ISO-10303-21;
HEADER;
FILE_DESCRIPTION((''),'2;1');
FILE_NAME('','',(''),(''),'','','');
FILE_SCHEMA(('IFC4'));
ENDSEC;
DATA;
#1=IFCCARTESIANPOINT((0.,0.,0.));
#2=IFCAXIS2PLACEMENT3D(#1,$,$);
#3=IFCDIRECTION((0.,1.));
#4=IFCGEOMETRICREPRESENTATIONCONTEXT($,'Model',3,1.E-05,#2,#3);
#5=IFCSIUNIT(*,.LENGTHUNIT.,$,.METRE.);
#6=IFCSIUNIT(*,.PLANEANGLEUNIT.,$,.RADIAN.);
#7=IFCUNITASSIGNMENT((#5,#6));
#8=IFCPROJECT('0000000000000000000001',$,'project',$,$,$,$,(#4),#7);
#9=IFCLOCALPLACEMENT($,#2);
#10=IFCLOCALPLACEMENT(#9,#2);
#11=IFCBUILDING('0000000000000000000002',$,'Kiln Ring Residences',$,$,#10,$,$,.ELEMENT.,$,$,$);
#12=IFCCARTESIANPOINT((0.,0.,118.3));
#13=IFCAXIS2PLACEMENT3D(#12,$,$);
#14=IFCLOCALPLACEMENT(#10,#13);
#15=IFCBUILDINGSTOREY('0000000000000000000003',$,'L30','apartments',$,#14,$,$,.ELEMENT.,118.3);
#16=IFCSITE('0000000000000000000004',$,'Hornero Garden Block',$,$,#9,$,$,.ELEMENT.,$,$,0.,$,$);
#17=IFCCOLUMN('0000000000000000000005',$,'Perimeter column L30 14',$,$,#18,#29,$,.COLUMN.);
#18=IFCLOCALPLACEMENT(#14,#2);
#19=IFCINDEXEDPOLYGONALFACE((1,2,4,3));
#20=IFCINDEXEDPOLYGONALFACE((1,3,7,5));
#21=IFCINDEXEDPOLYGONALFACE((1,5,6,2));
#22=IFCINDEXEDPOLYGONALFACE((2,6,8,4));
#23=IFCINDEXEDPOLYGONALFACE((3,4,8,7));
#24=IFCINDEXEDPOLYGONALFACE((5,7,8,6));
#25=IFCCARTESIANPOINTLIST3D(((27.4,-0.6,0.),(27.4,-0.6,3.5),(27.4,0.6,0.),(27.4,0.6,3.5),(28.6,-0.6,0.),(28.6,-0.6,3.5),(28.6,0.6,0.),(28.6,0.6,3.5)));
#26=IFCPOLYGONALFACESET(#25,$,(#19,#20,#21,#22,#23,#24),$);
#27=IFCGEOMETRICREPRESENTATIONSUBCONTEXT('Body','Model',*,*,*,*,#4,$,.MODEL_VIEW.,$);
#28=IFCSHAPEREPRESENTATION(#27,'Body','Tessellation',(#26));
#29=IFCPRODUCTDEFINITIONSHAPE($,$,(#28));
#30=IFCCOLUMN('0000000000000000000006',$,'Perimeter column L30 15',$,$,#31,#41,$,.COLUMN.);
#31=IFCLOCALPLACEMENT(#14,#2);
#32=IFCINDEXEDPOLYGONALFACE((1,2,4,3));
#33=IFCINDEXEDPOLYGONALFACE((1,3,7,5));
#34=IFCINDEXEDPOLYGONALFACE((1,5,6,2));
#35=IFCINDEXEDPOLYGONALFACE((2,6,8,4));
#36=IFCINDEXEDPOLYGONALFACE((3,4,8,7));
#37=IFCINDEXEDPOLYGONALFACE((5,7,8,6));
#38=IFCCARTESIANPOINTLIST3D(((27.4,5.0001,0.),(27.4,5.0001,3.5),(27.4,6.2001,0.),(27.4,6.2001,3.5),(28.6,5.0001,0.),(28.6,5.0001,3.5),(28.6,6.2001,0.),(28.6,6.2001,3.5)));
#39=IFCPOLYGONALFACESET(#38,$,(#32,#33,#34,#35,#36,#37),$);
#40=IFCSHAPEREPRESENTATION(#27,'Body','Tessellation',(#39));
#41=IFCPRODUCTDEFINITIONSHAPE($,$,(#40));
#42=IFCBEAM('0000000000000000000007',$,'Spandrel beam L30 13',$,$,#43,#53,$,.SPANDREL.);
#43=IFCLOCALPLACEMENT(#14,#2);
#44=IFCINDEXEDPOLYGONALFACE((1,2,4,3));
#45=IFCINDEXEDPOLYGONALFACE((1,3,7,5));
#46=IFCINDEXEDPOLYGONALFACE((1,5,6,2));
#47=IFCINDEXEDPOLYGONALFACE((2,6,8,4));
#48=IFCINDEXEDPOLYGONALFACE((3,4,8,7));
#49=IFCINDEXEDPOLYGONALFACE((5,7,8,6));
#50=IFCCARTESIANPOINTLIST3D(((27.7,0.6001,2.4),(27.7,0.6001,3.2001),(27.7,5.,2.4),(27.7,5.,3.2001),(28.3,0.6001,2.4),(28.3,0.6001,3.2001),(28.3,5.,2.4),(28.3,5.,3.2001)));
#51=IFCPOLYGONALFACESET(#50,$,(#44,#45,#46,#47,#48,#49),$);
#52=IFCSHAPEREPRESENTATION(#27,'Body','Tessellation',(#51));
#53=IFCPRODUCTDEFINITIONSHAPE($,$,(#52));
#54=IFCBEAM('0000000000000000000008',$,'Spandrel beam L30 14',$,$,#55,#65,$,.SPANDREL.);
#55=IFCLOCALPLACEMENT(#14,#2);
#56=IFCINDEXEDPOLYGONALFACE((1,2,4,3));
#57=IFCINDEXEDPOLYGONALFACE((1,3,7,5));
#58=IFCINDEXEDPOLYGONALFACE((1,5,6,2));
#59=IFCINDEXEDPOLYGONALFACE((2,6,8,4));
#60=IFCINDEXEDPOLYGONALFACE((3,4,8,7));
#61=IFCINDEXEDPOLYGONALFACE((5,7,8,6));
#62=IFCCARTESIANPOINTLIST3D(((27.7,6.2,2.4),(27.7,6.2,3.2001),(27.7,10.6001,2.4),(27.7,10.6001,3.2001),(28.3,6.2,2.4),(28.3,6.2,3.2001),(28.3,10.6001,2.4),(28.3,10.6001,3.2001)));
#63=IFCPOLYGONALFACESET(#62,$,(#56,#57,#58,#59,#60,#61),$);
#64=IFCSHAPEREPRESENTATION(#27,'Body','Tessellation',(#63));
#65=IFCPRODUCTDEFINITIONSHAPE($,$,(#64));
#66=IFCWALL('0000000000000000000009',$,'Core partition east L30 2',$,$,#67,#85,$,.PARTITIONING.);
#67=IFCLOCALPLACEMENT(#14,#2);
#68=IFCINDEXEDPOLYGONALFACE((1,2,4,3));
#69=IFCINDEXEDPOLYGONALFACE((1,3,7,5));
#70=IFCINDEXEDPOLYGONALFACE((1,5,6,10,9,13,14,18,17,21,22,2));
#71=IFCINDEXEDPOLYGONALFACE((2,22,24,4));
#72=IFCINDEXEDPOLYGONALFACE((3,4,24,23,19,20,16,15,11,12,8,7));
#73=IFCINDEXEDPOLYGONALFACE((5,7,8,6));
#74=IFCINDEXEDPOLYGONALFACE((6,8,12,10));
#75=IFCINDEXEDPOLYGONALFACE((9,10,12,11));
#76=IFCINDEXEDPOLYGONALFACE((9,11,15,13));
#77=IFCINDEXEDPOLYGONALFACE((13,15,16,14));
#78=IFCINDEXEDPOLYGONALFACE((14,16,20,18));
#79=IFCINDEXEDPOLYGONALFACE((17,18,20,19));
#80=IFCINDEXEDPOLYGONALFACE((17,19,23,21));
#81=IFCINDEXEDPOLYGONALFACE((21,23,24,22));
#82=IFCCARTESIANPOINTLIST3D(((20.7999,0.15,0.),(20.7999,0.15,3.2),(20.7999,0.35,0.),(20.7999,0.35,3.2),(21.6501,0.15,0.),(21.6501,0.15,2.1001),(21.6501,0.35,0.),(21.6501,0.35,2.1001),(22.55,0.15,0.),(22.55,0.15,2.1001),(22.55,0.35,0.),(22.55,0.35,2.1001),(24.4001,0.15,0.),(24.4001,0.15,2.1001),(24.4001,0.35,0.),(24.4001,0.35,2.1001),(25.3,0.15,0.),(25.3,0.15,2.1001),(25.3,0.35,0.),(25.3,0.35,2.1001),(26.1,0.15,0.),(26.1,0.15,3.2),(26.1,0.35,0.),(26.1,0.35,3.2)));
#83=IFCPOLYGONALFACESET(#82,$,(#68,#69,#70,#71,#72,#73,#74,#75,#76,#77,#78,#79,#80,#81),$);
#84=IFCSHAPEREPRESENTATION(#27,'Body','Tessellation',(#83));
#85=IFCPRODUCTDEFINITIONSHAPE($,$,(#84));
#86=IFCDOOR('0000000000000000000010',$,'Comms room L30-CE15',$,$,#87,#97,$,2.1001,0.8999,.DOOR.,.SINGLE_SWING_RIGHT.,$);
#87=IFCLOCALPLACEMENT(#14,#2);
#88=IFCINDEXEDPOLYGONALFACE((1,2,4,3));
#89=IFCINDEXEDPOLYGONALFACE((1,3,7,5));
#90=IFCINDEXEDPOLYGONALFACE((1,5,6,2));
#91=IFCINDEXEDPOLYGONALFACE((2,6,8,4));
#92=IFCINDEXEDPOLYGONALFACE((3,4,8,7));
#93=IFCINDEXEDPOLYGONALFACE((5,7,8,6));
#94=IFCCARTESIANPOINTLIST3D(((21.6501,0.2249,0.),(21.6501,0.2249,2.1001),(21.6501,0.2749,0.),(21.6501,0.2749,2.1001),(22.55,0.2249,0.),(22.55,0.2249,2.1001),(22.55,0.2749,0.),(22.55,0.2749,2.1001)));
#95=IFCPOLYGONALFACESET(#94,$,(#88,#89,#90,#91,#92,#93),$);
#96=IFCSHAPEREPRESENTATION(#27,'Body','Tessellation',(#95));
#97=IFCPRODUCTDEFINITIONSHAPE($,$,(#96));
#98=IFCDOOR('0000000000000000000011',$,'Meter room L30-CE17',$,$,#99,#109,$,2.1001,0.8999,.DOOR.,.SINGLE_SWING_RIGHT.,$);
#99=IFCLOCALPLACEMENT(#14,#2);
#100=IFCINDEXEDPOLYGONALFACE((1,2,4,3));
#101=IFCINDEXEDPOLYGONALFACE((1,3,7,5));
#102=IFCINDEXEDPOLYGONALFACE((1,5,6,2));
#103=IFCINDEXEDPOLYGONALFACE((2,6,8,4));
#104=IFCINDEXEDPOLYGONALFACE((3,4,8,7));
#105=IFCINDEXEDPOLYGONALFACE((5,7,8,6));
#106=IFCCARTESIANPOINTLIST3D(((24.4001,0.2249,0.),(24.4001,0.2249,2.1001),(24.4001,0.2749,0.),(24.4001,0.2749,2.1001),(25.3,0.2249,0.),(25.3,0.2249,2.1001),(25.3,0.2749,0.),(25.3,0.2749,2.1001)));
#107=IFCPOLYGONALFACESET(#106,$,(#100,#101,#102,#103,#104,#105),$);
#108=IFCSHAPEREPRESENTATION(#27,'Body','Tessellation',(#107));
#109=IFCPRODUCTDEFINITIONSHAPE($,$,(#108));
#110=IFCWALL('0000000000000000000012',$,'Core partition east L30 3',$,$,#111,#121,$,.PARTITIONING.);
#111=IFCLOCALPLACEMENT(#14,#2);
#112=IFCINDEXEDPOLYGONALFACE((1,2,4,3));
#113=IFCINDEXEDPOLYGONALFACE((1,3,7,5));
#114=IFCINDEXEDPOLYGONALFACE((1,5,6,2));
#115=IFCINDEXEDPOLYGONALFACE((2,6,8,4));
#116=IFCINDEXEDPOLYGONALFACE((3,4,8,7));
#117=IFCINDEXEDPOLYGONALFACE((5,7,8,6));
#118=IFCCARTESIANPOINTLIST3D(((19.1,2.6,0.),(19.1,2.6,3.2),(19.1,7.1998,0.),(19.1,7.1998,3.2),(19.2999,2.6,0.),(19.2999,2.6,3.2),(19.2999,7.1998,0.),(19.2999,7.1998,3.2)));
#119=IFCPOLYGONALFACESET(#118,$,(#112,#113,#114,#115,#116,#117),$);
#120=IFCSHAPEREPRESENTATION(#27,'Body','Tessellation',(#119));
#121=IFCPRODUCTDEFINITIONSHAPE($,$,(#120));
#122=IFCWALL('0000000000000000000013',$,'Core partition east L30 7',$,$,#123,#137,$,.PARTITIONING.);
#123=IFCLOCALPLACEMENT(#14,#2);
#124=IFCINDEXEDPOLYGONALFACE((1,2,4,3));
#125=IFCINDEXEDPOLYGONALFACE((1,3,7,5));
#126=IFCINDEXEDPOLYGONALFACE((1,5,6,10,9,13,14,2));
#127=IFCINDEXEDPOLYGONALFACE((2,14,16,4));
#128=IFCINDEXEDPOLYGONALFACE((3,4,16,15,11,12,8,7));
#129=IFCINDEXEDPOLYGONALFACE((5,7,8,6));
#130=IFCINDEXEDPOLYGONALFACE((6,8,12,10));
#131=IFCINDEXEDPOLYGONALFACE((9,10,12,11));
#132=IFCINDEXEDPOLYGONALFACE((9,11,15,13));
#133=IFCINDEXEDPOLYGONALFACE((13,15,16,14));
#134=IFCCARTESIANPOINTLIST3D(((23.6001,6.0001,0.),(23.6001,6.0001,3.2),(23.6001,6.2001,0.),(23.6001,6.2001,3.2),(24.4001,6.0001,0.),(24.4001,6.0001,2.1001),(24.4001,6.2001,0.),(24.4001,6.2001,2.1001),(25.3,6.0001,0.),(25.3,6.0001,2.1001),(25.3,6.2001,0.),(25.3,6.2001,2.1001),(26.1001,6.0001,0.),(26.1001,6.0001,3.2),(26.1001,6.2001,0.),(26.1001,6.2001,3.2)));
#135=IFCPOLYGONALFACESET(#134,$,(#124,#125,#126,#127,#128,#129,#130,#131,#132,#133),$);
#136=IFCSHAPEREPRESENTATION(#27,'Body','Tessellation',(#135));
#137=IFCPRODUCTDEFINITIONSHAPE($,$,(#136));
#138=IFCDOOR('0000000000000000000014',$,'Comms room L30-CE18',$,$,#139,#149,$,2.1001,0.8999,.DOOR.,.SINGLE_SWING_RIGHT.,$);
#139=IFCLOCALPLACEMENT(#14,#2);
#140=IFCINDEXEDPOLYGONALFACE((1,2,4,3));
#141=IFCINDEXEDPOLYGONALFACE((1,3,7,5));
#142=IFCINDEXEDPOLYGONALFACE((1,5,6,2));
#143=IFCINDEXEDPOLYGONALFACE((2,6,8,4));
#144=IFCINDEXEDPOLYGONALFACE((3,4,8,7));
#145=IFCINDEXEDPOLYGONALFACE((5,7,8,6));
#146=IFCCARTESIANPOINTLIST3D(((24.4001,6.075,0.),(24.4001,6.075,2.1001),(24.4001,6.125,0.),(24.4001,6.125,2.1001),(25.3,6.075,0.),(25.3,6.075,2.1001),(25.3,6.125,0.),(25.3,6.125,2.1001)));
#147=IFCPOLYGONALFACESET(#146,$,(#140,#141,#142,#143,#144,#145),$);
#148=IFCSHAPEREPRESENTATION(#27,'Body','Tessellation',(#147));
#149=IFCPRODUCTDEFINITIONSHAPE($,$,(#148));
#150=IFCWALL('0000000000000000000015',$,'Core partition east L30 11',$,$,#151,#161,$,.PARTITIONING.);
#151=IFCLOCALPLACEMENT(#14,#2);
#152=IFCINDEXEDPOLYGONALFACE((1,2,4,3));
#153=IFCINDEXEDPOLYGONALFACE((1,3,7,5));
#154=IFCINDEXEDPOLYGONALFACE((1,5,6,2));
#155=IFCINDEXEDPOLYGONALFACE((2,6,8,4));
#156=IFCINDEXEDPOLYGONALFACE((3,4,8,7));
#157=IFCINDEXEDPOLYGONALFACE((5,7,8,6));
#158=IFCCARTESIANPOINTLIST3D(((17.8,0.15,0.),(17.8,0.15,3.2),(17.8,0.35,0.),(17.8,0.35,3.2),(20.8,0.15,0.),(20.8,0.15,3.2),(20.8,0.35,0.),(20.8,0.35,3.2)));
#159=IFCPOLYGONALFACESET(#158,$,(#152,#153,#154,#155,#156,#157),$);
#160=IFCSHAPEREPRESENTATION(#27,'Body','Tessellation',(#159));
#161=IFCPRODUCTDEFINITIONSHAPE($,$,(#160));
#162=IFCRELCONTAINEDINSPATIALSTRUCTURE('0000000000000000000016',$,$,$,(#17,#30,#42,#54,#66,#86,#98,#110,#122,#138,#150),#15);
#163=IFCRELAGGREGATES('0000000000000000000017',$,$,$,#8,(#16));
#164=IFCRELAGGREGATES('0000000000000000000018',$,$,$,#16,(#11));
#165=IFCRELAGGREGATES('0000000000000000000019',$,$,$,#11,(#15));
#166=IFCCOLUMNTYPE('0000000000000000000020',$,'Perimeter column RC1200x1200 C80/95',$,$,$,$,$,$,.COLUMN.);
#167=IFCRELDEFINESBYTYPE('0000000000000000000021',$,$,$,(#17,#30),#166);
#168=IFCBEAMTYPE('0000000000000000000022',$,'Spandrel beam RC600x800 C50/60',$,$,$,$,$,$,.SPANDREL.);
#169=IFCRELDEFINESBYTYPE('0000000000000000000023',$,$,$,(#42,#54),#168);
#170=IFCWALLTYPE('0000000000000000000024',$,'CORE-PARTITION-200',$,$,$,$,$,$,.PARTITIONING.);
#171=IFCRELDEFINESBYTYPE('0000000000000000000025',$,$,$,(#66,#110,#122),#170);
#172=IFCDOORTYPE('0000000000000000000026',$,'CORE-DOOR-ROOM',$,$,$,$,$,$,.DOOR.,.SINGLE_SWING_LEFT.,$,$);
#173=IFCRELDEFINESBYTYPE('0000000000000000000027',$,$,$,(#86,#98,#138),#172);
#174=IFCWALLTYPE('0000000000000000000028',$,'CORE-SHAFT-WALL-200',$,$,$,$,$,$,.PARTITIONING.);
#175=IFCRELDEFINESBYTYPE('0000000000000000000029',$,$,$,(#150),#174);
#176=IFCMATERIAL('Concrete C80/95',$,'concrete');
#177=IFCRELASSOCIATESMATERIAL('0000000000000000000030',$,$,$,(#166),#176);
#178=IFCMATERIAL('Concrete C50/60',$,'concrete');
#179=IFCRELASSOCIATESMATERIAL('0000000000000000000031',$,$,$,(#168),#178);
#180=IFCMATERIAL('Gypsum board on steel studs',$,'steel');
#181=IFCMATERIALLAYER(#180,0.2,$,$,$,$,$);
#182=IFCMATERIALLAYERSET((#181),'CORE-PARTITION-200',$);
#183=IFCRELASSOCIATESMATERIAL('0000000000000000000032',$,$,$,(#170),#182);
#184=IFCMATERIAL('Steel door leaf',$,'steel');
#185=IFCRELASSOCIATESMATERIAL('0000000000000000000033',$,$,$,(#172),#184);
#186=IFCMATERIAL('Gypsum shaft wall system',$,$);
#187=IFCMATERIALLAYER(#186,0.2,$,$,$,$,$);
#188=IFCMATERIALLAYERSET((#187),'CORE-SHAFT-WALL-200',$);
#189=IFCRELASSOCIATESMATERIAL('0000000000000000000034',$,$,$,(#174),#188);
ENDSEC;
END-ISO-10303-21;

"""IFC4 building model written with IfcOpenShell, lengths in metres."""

from ifc_helpers import new_model, si_unit, direction, frame, frame_2d, origin, origin_2d, place, context, subcontext, project, spatial, rectangle, extrude, material, layer, layer_set, material_profile, profile_set, type_object, element, fill, save


model = new_model("IFC4")

# Units and contexts
model_context = context("Model", 3, precision=1e-05, world=origin(), true_north=direction((0.0, 1.0)))
body_context = subcontext(model_context, "Body", "Model", "MODEL_VIEW")
ifc_project = project(units=[si_unit("LENGTHUNIT", "METRE"), si_unit("PLANEANGLEUNIT", "RADIAN")], contexts=[model_context])

# Site, building, storey
site_placement = place(None, origin())
site = spatial("IfcSite", under=ifc_project, at=site_placement, Name="Hornero Garden Block", CompositionType="ELEMENT", RefElevation=0.0)
building_placement = place(site_placement, origin())
building = spatial("IfcBuilding", under=site, at=building_placement, Name="Kiln Ring Residences", CompositionType="ELEMENT")
storey_placement = place(building_placement, frame((0.0, 0.0, 118.3)))
storey = spatial("IfcBuildingStorey", under=building, at=storey_placement, Name="L30", Description="apartments", CompositionType="ELEMENT", Elevation=118.3)

# Columns
ifc_material_1 = material(Name="Concrete C80/95", Category="concrete")
ifc_material_profile_1 = material_profile(ifc_material_1, rectangle(XDim=1.2, YDim=1.2, at=origin_2d()), Name="RC1200x1200")
ifc_profile_set_1 = profile_set([ifc_material_profile_1], Name="Concrete C80/95")
column_type = type_object("IfcColumnType", Name="Perimeter column RC1200x1200 C80/95", PredefinedType="COLUMN", material=ifc_profile_set_1)
for number, where, z_axis, x_axis, name in (
    (1, (28.0, 0.0, 0.0), (0.0, 0.0, 1.0), (1.0, 0.0, 0.0), "Perimeter column L30 14"),
    (2, (28.0, 5.6001, 0.0), (0.0, 0.0, 1.0), (1.0, 0.0, 0.0), "Perimeter column L30 15"),
):
    element("IfcColumn", number, at=place(storey_placement, frame(where, z_axis=z_axis, x_axis=x_axis)), inside=storey, type_object=column_type, Name=name, PredefinedType="COLUMN", context=body_context, shape_type="SweptSolid", body=[
        extrude(rectangle(XDim=1.2, YDim=1.2, at=origin_2d()), origin(), (0.0, 0.0, 1.0), 3.5),
    ])

# Beams
ifc_material_2 = material(Name="Concrete C50/60", Category="concrete")
ifc_material_profile_2 = material_profile(ifc_material_2, rectangle(XDim=0.6001, YDim=0.8, at=origin_2d()), Name="RC600x800")
ifc_profile_set_2 = profile_set([ifc_material_profile_2], Name="Concrete C50/60")
beam_type = type_object("IfcBeamType", Name="Spandrel beam RC600x800 C50/60", PredefinedType="SPANDREL", material=ifc_profile_set_2)
beam_1_placement = place(storey_placement, frame((28.0, 0.6001, 2.8), z_axis=(0.0, 1.0, 0.0), x_axis=(-1.0, 0.0, 0.0)))
element("IfcBeam", 3, at=beam_1_placement, inside=storey, type_object=beam_type, Name="Spandrel beam L30 13", PredefinedType="SPANDREL", context=body_context, shape_type="SweptSolid", body=[
    extrude(rectangle(XDim=0.6001, YDim=0.8, at=origin_2d()), origin(), (0.0, 0.0, 1.0), 4.3999),
])
beam_2_placement = place(storey_placement, frame((28.0, 6.2, 2.8), z_axis=(0.0, 1.0, 0.0), x_axis=(-1.0, 0.0, 0.0)))
element("IfcBeam", 4, at=beam_2_placement, inside=storey, type_object=beam_type, Name="Spandrel beam L30 14", PredefinedType="SPANDREL", context=body_context, shape_type="SweptSolid", body=[
    extrude(rectangle(XDim=0.6001, YDim=0.8, at=origin_2d()), origin(), (0.0, 0.0, 1.0), 4.4001),
])

# Wall, openings, doors
ifc_material_3 = material(Name="Gypsum board on steel studs", Category="steel")
ifc_layer_1 = layer(ifc_material_3, 0.2)
ifc_layer_set_1 = layer_set([ifc_layer_1], Name="CORE-PARTITION-200")
wall_type_1 = type_object("IfcWallType", Name="CORE-PARTITION-200", PredefinedType="PARTITIONING", material=ifc_layer_set_1)
wall_1_placement = place(storey_placement, frame((20.8, 0.25, 0.0), z_axis=(0.0, 0.0, 1.0), x_axis=(1.0, 0.0, 0.0)))
wall_1 = element("IfcWall", 5, at=wall_1_placement, inside=storey, type_object=wall_type_1, Name="Core partition east L30 2", PredefinedType="PARTITIONING", context=body_context, shape_type="SweptSolid", body=[
    extrude(rectangle(XDim=5.3, YDim=0.2, at=frame_2d((2.6499, 0.0))), origin(), (0.0, 0.0, 1.0), 3.2),
])
opening_1_placement = place(wall_1_placement, frame((0.8501, 0.0, 0.0)))
opening_1 = element("IfcOpeningElement", 6, at=opening_1_placement, cuts=wall_1, PredefinedType="OPENING", context=body_context, shape_type="SweptSolid", body=[
    extrude(rectangle(XDim=0.8999, YDim=2.1001, at=frame_2d((0.45, 1.05))), frame((0.0, 0.1099, 0.0), z_axis=(0.0, -1.0, 0.0), x_axis=(1.0, 0.0, 0.0)), (0.0, 0.0, 1.0), 0.22),
])
opening_2_placement = place(wall_1_placement, frame((3.6001, 0.0, 0.0)))
opening_2 = element("IfcOpeningElement", 7, at=opening_2_placement, cuts=wall_1, PredefinedType="OPENING", context=body_context, shape_type="SweptSolid", body=[
    extrude(rectangle(XDim=0.8999, YDim=2.1001, at=frame_2d((0.45, 1.05))), frame((0.0, 0.1099, 0.0), z_axis=(0.0, -1.0, 0.0), x_axis=(1.0, 0.0, 0.0)), (0.0, 0.0, 1.0), 0.22),
])
ifc_material_4 = material(Name="Steel door leaf", Category="steel")
door_type = type_object("IfcDoorType", Name="CORE-DOOR-ROOM", OperationType="SINGLE_SWING_LEFT", PredefinedType="DOOR", material=ifc_material_4)
door_1_placement = place(opening_1_placement, origin())
door_1 = element("IfcDoor", 8, at=door_1_placement, inside=storey, type_object=door_type, Name="Comms room L30-CE15", OperationType="SINGLE_SWING_RIGHT", OverallHeight=2.1001, OverallWidth=0.8999, PredefinedType="DOOR", context=body_context, shape_type="SweptSolid", body=[
    extrude(rectangle(XDim=0.8999, YDim=2.1001, at=frame_2d((0.45, 1.05))), frame((0.0, 0.0249, 0.0), z_axis=(0.0, -1.0, 0.0), x_axis=(1.0, 0.0, 0.0)), (0.0, 0.0, 1.0), 0.05),
])
fill(opening_1, door_1)
door_2_placement = place(opening_2_placement, origin())
door_2 = element("IfcDoor", 9, at=door_2_placement, inside=storey, type_object=door_type, Name="Meter room L30-CE17", OperationType="SINGLE_SWING_RIGHT", OverallHeight=2.1001, OverallWidth=0.8999, PredefinedType="DOOR", context=body_context, shape_type="SweptSolid", body=[
    extrude(rectangle(XDim=0.8999, YDim=2.1001, at=frame_2d((0.45, 1.05))), frame((0.0, 0.0249, 0.0), z_axis=(0.0, -1.0, 0.0), x_axis=(1.0, 0.0, 0.0)), (0.0, 0.0, 1.0), 0.05),
])
fill(opening_2, door_2)

# Wall
wall_2_placement = place(storey_placement, frame((19.2, 2.6001, 0.0), z_axis=(0.0, 0.0, 1.0), x_axis=(0.0, 1.0, 0.0)))
element("IfcWall", 10, at=wall_2_placement, inside=storey, type_object=wall_type_1, Name="Core partition east L30 3", PredefinedType="PARTITIONING", context=body_context, shape_type="SweptSolid", body=[
    extrude(rectangle(XDim=4.5999, YDim=0.2, at=frame_2d((2.2998, 0.0))), origin(), (0.0, 0.0, 1.0), 3.2),
])

# Wall, opening, door
wall_3_placement = place(storey_placement, frame((23.6001, 6.1001, 0.0), z_axis=(0.0, 0.0, 1.0), x_axis=(1.0, 0.0, 0.0)))
wall_3 = element("IfcWall", 11, at=wall_3_placement, inside=storey, type_object=wall_type_1, Name="Core partition east L30 7", PredefinedType="PARTITIONING", context=body_context, shape_type="SweptSolid", body=[
    extrude(rectangle(XDim=2.5, YDim=0.2, at=frame_2d((1.25, 0.0))), origin(), (0.0, 0.0, 1.0), 3.2),
])
opening_3_placement = place(wall_3_placement, frame((0.8, 0.0, 0.0)))
opening_3 = element("IfcOpeningElement", 12, at=opening_3_placement, cuts=wall_3, PredefinedType="OPENING", context=body_context, shape_type="SweptSolid", body=[
    extrude(rectangle(XDim=0.8999, YDim=2.1001, at=frame_2d((0.45, 1.05))), frame((0.0, 0.1099, 0.0), z_axis=(0.0, -1.0, 0.0), x_axis=(1.0, 0.0, 0.0)), (0.0, 0.0, 1.0), 0.22),
])
door_3_placement = place(opening_3_placement, origin())
door_3 = element("IfcDoor", 13, at=door_3_placement, inside=storey, type_object=door_type, Name="Comms room L30-CE18", OperationType="SINGLE_SWING_RIGHT", OverallHeight=2.1001, OverallWidth=0.8999, PredefinedType="DOOR", context=body_context, shape_type="SweptSolid", body=[
    extrude(rectangle(XDim=0.8999, YDim=2.1001, at=frame_2d((0.45, 1.05))), frame((0.0, 0.0249, 0.0), z_axis=(0.0, -1.0, 0.0), x_axis=(1.0, 0.0, 0.0)), (0.0, 0.0, 1.0), 0.05),
])
fill(opening_3, door_3)

# Wall
ifc_material_5 = material(Name="Gypsum shaft wall system")
ifc_layer_2 = layer(ifc_material_5, 0.2)
ifc_layer_set_2 = layer_set([ifc_layer_2], Name="CORE-SHAFT-WALL-200")
wall_type_2 = type_object("IfcWallType", Name="CORE-SHAFT-WALL-200", PredefinedType="PARTITIONING", material=ifc_layer_set_2)
wall_4_placement = place(storey_placement, frame((17.8, 0.25, 0.0), z_axis=(0.0, 0.0, 1.0), x_axis=(1.0, 0.0, 0.0)))
element("IfcWall", 14, at=wall_4_placement, inside=storey, type_object=wall_type_2, Name="Core partition east L30 11", PredefinedType="PARTITIONING", context=body_context, shape_type="SweptSolid", body=[
    extrude(rectangle(XDim=3.0, YDim=0.2, at=frame_2d((1.5, 0.0))), origin(), (0.0, 0.0, 1.0), 3.2),
])

save(model, "model.ifc")
